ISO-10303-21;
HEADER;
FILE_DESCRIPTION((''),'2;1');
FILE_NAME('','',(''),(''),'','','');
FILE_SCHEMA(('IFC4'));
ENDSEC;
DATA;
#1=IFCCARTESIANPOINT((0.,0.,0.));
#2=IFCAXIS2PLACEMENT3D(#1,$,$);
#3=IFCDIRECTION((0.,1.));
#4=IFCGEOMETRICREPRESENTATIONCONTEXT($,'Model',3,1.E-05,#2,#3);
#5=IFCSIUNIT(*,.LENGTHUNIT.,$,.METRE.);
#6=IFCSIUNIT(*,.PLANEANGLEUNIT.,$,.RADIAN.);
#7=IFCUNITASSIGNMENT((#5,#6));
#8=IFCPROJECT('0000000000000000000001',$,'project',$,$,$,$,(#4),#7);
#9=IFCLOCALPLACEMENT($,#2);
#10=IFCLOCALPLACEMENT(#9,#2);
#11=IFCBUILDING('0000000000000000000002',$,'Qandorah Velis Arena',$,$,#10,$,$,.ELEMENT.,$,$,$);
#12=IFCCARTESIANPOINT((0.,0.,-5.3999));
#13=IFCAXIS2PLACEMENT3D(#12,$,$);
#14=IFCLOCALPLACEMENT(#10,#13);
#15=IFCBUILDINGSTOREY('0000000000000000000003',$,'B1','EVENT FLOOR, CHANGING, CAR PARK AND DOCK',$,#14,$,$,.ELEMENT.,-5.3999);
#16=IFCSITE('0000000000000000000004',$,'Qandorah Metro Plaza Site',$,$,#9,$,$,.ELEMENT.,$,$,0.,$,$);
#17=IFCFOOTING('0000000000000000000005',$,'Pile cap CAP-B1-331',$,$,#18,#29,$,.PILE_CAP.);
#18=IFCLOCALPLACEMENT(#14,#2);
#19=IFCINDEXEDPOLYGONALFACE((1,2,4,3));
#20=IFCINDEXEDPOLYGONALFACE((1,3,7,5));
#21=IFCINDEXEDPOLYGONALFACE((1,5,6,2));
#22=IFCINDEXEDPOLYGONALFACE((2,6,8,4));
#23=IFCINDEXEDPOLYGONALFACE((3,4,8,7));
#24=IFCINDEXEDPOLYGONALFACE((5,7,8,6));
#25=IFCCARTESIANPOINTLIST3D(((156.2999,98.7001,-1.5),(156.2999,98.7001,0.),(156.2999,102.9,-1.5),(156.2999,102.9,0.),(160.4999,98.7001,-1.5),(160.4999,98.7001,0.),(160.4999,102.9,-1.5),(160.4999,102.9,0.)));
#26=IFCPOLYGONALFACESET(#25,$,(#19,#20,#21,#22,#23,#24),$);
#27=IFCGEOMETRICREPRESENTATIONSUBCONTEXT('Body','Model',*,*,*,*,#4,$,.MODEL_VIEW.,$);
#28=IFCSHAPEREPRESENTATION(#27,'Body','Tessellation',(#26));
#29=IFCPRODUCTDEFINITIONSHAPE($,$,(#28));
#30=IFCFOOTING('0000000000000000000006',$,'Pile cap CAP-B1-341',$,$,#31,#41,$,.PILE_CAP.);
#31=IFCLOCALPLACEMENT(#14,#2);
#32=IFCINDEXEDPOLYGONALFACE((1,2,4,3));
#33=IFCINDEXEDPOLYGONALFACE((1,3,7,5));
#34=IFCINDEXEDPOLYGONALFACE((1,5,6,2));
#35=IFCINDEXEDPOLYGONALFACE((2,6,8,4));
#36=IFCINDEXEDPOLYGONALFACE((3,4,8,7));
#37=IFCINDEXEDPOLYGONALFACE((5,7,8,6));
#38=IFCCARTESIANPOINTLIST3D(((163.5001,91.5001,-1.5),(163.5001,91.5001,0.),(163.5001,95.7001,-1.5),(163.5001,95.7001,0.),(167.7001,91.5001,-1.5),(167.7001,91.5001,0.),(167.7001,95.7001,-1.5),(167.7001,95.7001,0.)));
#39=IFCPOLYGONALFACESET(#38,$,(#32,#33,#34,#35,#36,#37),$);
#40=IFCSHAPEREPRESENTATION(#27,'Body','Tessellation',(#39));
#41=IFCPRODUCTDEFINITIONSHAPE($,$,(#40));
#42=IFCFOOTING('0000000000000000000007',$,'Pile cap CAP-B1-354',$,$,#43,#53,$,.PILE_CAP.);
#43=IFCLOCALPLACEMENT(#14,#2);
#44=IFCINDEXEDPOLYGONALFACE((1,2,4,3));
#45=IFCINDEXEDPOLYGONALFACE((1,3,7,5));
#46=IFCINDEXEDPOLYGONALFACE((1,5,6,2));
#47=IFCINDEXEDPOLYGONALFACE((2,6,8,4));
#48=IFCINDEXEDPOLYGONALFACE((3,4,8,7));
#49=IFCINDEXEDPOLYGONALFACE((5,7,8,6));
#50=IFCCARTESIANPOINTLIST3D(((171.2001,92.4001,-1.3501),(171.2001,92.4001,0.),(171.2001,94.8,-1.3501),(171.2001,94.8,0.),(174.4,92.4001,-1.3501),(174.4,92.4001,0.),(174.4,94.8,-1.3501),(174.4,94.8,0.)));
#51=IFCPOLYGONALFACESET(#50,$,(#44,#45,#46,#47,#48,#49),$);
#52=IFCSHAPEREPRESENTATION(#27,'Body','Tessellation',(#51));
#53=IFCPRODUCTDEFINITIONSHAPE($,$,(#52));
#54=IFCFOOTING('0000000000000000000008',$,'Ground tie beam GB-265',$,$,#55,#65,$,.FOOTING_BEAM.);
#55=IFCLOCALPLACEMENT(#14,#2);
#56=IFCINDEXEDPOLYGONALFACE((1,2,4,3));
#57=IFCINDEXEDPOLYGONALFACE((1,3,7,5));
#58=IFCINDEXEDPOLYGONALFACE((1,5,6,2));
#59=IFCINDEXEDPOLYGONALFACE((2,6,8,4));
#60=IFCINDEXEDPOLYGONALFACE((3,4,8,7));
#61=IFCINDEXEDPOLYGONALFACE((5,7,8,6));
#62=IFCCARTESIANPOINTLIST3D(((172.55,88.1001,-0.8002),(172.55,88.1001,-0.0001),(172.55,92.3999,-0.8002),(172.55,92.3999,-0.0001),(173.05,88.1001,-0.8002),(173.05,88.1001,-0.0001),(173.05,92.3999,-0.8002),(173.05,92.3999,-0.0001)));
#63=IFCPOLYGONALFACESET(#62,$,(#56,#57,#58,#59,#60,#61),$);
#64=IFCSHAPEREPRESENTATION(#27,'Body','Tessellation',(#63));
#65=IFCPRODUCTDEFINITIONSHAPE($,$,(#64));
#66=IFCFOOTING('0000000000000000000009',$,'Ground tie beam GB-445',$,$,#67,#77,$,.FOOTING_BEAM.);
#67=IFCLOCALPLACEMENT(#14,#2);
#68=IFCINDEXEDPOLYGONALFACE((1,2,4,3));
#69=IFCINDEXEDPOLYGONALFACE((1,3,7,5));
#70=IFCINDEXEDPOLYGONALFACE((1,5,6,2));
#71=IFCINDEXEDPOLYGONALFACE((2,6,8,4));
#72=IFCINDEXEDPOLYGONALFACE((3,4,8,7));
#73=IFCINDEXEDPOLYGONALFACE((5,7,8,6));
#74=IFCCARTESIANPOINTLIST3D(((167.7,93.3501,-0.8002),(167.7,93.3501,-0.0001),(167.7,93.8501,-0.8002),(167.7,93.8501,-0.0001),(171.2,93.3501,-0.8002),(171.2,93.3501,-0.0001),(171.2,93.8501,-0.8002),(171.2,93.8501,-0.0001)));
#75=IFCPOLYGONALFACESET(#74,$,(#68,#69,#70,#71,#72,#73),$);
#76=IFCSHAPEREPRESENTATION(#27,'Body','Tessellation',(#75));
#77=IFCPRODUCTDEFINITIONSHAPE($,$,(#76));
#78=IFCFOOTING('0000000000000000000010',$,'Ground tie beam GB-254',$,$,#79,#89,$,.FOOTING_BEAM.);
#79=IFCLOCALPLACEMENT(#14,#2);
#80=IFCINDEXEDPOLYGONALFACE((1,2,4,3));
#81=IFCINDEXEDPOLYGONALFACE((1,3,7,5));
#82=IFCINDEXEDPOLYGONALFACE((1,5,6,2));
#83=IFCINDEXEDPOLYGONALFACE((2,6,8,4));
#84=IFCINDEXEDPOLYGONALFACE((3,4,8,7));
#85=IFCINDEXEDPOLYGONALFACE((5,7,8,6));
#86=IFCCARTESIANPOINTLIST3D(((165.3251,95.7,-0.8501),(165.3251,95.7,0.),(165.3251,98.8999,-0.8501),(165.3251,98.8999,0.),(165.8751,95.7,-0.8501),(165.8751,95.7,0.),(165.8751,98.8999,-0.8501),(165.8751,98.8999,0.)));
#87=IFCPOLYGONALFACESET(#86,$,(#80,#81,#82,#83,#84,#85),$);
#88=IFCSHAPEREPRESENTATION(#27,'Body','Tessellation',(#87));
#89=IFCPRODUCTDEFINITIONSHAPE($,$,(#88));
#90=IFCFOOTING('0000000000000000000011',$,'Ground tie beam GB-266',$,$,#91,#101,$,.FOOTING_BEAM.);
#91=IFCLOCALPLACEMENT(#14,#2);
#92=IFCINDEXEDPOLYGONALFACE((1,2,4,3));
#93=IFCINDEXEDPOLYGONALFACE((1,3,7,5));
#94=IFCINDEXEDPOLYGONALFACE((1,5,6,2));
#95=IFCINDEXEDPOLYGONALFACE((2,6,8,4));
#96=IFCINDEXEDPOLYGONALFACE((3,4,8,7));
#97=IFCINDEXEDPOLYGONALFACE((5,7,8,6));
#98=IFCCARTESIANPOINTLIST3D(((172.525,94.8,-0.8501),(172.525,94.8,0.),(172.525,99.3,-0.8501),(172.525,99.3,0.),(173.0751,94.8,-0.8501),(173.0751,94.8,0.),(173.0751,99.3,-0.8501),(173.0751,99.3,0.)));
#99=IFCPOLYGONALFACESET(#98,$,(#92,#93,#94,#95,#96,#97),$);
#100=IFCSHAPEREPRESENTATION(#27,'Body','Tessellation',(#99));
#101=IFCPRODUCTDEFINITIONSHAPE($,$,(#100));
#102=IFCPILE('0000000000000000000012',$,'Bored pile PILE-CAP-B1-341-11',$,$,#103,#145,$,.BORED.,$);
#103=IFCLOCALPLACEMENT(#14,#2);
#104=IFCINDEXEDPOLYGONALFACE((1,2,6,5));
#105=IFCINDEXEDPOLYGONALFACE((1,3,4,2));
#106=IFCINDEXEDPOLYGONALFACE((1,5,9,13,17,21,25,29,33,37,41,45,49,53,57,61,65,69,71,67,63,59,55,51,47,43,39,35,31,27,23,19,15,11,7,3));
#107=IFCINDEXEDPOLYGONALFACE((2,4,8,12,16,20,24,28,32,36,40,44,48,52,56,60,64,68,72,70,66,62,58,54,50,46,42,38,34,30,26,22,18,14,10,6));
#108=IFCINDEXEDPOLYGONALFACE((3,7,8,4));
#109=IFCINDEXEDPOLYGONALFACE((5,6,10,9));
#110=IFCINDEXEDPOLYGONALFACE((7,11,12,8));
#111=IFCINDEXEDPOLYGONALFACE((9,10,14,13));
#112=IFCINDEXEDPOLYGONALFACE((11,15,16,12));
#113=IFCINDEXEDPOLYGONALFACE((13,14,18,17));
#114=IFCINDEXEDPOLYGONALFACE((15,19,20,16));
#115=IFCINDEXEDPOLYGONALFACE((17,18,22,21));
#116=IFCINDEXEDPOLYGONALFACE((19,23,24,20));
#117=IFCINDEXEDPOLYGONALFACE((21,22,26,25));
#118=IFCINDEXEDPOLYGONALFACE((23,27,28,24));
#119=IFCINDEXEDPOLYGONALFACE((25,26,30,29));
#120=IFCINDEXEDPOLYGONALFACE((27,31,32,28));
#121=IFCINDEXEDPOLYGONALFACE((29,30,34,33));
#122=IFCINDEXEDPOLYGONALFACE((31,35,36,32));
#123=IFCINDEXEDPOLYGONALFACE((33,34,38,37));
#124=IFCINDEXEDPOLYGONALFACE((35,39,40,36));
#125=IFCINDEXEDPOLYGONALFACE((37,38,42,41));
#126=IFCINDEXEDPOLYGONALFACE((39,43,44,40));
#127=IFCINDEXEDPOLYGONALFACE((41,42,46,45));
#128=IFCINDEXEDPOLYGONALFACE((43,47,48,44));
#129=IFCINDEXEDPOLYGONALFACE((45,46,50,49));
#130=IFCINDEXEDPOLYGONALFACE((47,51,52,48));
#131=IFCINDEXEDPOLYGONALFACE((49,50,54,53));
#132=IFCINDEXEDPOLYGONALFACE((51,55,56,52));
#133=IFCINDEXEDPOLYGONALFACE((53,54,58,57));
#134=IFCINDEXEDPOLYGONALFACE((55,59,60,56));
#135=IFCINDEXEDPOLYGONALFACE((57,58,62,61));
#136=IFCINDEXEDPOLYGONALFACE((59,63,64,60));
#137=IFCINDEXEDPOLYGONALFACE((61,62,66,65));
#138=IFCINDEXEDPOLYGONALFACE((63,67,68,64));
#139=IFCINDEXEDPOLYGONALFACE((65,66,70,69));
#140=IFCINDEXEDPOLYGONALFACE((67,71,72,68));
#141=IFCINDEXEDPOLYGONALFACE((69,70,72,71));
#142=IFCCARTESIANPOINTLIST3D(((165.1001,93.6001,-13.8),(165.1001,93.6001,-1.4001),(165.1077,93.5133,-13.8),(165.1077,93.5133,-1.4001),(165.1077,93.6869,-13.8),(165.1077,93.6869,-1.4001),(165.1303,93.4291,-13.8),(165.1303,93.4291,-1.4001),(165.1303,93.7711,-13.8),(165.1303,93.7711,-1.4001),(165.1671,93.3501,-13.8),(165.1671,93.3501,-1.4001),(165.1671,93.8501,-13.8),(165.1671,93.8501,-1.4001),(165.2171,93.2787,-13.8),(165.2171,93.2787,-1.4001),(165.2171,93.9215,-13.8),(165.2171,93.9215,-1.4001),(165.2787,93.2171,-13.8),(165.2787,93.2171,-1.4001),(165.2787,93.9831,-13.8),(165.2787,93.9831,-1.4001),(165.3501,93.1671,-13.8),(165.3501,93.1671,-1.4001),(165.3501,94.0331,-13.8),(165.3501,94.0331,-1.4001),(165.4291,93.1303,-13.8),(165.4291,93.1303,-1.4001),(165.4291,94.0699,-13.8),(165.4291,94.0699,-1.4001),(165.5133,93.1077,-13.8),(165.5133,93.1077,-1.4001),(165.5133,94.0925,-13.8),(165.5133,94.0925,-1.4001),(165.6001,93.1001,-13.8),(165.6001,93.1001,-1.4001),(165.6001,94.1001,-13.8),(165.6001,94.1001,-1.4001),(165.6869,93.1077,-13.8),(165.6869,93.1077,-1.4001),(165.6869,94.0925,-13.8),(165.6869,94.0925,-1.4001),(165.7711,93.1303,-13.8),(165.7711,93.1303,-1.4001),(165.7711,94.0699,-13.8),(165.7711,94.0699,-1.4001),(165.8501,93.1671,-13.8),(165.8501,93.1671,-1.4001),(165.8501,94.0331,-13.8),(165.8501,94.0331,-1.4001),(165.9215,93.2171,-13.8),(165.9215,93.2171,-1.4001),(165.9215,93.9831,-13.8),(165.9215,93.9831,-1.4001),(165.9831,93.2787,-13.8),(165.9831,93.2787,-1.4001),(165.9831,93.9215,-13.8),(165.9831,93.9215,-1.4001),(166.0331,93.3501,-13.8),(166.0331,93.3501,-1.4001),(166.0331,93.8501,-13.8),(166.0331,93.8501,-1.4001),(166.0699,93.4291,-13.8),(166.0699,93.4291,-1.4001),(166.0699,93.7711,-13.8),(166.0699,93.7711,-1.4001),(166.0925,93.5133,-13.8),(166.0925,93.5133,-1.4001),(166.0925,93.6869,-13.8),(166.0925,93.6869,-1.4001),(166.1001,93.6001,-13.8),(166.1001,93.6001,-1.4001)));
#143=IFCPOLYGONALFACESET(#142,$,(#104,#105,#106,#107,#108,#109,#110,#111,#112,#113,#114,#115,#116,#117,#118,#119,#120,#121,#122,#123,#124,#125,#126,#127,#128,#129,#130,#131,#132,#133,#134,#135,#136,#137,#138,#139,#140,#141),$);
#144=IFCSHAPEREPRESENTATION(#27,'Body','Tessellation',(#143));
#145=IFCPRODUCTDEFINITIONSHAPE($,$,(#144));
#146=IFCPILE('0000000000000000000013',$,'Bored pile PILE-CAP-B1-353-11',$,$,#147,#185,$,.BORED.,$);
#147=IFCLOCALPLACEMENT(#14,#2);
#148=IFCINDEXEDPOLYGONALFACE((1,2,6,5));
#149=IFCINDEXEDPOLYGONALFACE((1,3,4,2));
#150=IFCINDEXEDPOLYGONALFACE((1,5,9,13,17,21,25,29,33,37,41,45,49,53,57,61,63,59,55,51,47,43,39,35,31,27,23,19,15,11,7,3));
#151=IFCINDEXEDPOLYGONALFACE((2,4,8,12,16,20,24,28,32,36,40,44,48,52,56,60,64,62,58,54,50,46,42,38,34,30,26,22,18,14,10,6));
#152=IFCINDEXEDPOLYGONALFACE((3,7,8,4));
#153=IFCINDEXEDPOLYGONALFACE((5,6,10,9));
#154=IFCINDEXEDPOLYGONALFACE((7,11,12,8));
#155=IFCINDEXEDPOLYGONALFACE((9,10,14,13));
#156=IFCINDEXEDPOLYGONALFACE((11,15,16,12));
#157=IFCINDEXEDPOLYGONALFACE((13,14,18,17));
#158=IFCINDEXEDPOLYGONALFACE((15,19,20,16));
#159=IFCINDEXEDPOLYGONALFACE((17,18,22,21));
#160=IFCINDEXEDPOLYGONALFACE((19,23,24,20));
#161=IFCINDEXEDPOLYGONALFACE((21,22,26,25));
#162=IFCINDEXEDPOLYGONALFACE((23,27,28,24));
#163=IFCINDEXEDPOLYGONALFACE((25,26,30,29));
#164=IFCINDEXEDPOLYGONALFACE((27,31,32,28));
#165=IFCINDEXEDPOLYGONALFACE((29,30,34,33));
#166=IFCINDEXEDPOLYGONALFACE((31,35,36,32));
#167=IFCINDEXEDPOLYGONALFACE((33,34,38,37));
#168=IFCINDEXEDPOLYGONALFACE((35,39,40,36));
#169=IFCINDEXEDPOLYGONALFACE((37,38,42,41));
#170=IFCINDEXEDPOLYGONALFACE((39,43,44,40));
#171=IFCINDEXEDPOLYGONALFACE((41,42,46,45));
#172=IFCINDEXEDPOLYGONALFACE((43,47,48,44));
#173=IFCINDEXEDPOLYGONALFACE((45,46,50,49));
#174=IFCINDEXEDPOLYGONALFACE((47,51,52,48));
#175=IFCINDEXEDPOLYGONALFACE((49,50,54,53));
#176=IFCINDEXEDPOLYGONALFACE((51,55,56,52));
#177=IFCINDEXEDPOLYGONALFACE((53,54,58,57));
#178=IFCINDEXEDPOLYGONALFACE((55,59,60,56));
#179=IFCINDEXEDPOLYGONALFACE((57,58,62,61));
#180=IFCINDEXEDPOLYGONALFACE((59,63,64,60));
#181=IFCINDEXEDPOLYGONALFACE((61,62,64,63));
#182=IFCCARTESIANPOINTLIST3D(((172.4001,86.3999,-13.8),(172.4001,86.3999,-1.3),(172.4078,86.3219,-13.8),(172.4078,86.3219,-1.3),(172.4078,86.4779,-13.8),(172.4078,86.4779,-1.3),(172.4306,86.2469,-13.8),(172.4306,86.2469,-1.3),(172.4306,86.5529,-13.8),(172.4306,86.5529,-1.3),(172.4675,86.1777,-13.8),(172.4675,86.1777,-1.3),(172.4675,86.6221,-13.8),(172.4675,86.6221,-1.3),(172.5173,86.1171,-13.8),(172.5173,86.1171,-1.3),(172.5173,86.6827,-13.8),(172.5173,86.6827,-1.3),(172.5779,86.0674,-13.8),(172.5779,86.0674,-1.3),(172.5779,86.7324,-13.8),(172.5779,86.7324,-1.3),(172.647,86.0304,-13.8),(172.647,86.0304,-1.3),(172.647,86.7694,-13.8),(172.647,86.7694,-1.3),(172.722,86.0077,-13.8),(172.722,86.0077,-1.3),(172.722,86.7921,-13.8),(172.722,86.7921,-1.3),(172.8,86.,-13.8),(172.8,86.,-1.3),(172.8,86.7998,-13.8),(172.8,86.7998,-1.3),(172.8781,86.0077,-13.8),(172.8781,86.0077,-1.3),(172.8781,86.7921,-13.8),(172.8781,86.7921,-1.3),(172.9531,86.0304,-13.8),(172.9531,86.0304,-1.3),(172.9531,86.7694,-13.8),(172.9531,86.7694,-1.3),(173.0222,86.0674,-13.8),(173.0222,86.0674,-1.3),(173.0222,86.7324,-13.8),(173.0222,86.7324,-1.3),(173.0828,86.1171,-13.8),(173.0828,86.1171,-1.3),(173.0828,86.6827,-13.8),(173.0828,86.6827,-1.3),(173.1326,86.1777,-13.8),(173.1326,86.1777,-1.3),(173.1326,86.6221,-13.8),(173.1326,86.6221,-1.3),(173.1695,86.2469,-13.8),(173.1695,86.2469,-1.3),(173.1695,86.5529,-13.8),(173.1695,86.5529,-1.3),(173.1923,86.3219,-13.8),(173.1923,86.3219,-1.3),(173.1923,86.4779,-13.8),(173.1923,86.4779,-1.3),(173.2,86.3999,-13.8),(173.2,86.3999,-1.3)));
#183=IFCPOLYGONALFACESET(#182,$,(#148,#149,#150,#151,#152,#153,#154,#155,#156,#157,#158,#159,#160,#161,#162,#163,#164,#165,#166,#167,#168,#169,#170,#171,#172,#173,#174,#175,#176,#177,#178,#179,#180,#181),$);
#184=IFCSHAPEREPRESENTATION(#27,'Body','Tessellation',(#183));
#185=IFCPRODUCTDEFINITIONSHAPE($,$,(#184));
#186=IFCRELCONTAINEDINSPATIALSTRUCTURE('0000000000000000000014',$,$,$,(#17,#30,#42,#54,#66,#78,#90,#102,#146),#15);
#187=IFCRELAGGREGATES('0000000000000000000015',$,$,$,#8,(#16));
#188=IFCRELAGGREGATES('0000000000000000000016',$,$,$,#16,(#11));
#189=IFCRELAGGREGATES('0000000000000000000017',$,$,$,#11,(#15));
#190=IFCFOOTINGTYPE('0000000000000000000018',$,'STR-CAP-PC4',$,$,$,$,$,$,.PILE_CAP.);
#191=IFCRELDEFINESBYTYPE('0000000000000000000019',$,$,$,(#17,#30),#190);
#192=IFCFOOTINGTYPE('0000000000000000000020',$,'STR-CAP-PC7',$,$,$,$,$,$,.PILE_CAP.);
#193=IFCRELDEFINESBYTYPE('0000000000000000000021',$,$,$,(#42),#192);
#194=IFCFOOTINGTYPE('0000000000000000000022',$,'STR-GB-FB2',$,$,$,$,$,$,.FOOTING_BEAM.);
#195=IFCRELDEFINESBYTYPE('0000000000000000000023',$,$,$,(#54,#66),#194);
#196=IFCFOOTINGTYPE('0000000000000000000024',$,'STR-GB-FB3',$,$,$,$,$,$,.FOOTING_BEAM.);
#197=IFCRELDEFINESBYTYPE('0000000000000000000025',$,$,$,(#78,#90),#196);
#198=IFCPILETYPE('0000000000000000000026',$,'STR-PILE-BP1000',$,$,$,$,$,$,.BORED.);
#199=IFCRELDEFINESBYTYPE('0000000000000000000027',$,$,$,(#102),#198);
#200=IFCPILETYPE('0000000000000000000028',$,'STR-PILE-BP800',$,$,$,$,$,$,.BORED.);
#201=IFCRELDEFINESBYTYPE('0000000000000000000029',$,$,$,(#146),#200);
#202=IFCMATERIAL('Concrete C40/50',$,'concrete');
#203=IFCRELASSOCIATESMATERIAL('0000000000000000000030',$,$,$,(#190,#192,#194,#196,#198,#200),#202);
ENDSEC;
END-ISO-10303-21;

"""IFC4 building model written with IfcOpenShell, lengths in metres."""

from ifc_helpers import new_model, si_unit, direction, frame, origin, origin_2d, place, context, subcontext, project, spatial, rectangle, circle, extrude, material, material_profile, profile_set, type_object, element, save


model = new_model("IFC4")

# Units and contexts
model_context = context("Model", 3, precision=1e-05, world=origin(), true_north=direction((0.0, 1.0)))
body_context = subcontext(model_context, "Body", "Model", "MODEL_VIEW")
ifc_project = project(units=[si_unit("LENGTHUNIT", "METRE"), si_unit("PLANEANGLEUNIT", "RADIAN")], contexts=[model_context])

# Site, building, storey
site_placement = place(None, origin())
site = spatial("IfcSite", under=ifc_project, at=site_placement, Name="Qandorah Metro Plaza Site", CompositionType="ELEMENT", RefElevation=0.0)
building_placement = place(site_placement, origin())
building = spatial("IfcBuilding", under=site, at=building_placement, Name="Qandorah Velis Arena", CompositionType="ELEMENT")
storey_placement = place(building_placement, frame((0.0, 0.0, -5.3999)))
storey = spatial("IfcBuildingStorey", under=building, at=storey_placement, Name="B1", Description="EVENT FLOOR, CHANGING, CAR PARK AND DOCK", CompositionType="ELEMENT", Elevation=-5.3999)

# Footings
ifc_material_1 = material(Name="Concrete C40/50", Category="concrete")
footing_type_1 = type_object("IfcFootingType", Name="STR-CAP-PC4", PredefinedType="PILE_CAP", material=ifc_material_1)
for number, where, z_axis, x_axis, name in (
    (1, (158.3999, 100.8, -1.5), (0.0, 0.0, 1.0), (1.0, 0.0, 0.0), "Pile cap CAP-B1-331"),
    (2, (165.6001, 93.6001, -1.5), (0.0, 0.0, 1.0), (1.0, 0.0, 0.0), "Pile cap CAP-B1-341"),
):
    element("IfcFooting", number, at=place(storey_placement, frame(where, z_axis=z_axis, x_axis=x_axis)), inside=storey, type_object=footing_type_1, Name=name, PredefinedType="PILE_CAP", context=body_context, shape_type="SweptSolid", body=[
        extrude(rectangle(XDim=4.2, YDim=4.2, at=origin_2d()), origin(), (0.0, 0.0, 1.0), 1.5),
    ])
footing_type_2 = type_object("IfcFootingType", Name="STR-CAP-PC7", PredefinedType="PILE_CAP", material=ifc_material_1)
footing_1_placement = place(storey_placement, frame((172.8, 93.6001, -1.3501), z_axis=(0.0, 0.0, 1.0), x_axis=(1.0, 0.0, 0.0)))
element("IfcFooting", 3, at=footing_1_placement, inside=storey, type_object=footing_type_2, Name="Pile cap CAP-B1-354", PredefinedType="PILE_CAP", context=body_context, shape_type="SweptSolid", body=[
    extrude(rectangle(XDim=3.2, YDim=2.3999, at=origin_2d()), origin(), (0.0, 0.0, 1.0), 1.3501),
])
ifc_material_profile_1 = material_profile(ifc_material_1, rectangle(XDim=0.5, YDim=0.8, at=origin_2d()), Name="GB2 500x800")
ifc_profile_set_1 = profile_set([ifc_material_profile_1], Name="Concrete C40/50")
footing_type_3 = type_object("IfcFootingType", Name="STR-GB-FB2", PredefinedType="FOOTING_BEAM", material=ifc_profile_set_1)
footing_2_placement = place(storey_placement, frame((172.8, 88.1001, -0.4001), z_axis=(0.0, 1.0, 0.0), x_axis=(-1.0, 0.0, 0.0)))
element("IfcFooting", 4, at=footing_2_placement, inside=storey, type_object=footing_type_3, Name="Ground tie beam GB-265", PredefinedType="FOOTING_BEAM", context=body_context, shape_type="SweptSolid", body=[
    extrude(rectangle(XDim=0.5, YDim=0.8, at=origin_2d()), origin(), (0.0, 0.0, 1.0), 4.2998),
])
footing_3_placement = place(storey_placement, frame((167.7, 93.6001, -0.4001), z_axis=(1.0, 0.0, 0.0), x_axis=(0.0, 1.0, 0.0)))
element("IfcFooting", 5, at=footing_3_placement, inside=storey, type_object=footing_type_3, Name="Ground tie beam GB-445", PredefinedType="FOOTING_BEAM", context=body_context, shape_type="SweptSolid", body=[
    extrude(rectangle(XDim=0.5, YDim=0.8, at=origin_2d()), origin(), (0.0, 0.0, 1.0), 3.5),
])
ifc_material_profile_2 = material_profile(ifc_material_1, rectangle(XDim=0.55, YDim=0.8501, at=origin_2d()), Name="GB3 550x850")
ifc_profile_set_2 = profile_set([ifc_material_profile_2], Name="Concrete C40/50")
footing_type_4 = type_object("IfcFootingType", Name="STR-GB-FB3", PredefinedType="FOOTING_BEAM", material=ifc_profile_set_2)
footing_4_placement = place(storey_placement, frame((165.6001, 95.7, -0.425), z_axis=(0.0, 1.0, 0.0), x_axis=(-1.0, 0.0, 0.0)))
element("IfcFooting", 6, at=footing_4_placement, inside=storey, type_object=footing_type_4, Name="Ground tie beam GB-254", PredefinedType="FOOTING_BEAM", context=body_context, shape_type="SweptSolid", body=[
    extrude(rectangle(XDim=0.55, YDim=0.8501, at=origin_2d()), origin(), (0.0, 0.0, 1.0), 3.2),
])
footing_5_placement = place(storey_placement, frame((172.8, 94.8, -0.425), z_axis=(0.0, 1.0, 0.0), x_axis=(-1.0, 0.0, 0.0)))
element("IfcFooting", 7, at=footing_5_placement, inside=storey, type_object=footing_type_4, Name="Ground tie beam GB-266", PredefinedType="FOOTING_BEAM", context=body_context, shape_type="SweptSolid", body=[
    extrude(rectangle(XDim=0.55, YDim=0.8501, at=origin_2d()), origin(), (0.0, 0.0, 1.0), 4.5),
])

# Piles
ifc_material_profile_3 = material_profile(ifc_material_1, circle(Radius=0.5, at=origin_2d()), Name="BORED PILE D1000")
ifc_profile_set_3 = profile_set([ifc_material_profile_3], Name="Concrete C40/50")
pile_type_1 = type_object("IfcPileType", Name="STR-PILE-BP1000", PredefinedType="BORED", material=ifc_profile_set_3)
pile_1_placement = place(storey_placement, frame((165.6001, 93.6001, -1.4001), z_axis=(0.0, 0.0, -1.0), x_axis=(1.0, 0.0, 0.0)))
element("IfcPile", 8, at=pile_1_placement, inside=storey, type_object=pile_type_1, Name="Bored pile PILE-CAP-B1-341-11", PredefinedType="BORED", context=body_context, shape_type="SweptSolid", body=[
    extrude(circle(Radius=0.5, at=origin_2d()), origin(), (0.0, 0.0, 1.0), 12.3999),
])
ifc_material_profile_4 = material_profile(ifc_material_1, circle(Radius=0.3999, at=origin_2d()), Name="BORED PILE D800")
ifc_profile_set_4 = profile_set([ifc_material_profile_4], Name="Concrete C40/50")
pile_type_2 = type_object("IfcPileType", Name="STR-PILE-BP800", PredefinedType="BORED", material=ifc_profile_set_4)
pile_2_placement = place(storey_placement, frame((172.8, 86.3999, -1.3), z_axis=(0.0, 0.0, -1.0), x_axis=(1.0, 0.0, 0.0)))
element("IfcPile", 9, at=pile_2_placement, inside=storey, type_object=pile_type_2, Name="Bored pile PILE-CAP-B1-353-11", PredefinedType="BORED", context=body_context, shape_type="SweptSolid", body=[
    extrude(circle(Radius=0.3999, at=origin_2d()), origin(), (0.0, 0.0, 1.0), 12.5),
])

save(model, "model.ifc")
